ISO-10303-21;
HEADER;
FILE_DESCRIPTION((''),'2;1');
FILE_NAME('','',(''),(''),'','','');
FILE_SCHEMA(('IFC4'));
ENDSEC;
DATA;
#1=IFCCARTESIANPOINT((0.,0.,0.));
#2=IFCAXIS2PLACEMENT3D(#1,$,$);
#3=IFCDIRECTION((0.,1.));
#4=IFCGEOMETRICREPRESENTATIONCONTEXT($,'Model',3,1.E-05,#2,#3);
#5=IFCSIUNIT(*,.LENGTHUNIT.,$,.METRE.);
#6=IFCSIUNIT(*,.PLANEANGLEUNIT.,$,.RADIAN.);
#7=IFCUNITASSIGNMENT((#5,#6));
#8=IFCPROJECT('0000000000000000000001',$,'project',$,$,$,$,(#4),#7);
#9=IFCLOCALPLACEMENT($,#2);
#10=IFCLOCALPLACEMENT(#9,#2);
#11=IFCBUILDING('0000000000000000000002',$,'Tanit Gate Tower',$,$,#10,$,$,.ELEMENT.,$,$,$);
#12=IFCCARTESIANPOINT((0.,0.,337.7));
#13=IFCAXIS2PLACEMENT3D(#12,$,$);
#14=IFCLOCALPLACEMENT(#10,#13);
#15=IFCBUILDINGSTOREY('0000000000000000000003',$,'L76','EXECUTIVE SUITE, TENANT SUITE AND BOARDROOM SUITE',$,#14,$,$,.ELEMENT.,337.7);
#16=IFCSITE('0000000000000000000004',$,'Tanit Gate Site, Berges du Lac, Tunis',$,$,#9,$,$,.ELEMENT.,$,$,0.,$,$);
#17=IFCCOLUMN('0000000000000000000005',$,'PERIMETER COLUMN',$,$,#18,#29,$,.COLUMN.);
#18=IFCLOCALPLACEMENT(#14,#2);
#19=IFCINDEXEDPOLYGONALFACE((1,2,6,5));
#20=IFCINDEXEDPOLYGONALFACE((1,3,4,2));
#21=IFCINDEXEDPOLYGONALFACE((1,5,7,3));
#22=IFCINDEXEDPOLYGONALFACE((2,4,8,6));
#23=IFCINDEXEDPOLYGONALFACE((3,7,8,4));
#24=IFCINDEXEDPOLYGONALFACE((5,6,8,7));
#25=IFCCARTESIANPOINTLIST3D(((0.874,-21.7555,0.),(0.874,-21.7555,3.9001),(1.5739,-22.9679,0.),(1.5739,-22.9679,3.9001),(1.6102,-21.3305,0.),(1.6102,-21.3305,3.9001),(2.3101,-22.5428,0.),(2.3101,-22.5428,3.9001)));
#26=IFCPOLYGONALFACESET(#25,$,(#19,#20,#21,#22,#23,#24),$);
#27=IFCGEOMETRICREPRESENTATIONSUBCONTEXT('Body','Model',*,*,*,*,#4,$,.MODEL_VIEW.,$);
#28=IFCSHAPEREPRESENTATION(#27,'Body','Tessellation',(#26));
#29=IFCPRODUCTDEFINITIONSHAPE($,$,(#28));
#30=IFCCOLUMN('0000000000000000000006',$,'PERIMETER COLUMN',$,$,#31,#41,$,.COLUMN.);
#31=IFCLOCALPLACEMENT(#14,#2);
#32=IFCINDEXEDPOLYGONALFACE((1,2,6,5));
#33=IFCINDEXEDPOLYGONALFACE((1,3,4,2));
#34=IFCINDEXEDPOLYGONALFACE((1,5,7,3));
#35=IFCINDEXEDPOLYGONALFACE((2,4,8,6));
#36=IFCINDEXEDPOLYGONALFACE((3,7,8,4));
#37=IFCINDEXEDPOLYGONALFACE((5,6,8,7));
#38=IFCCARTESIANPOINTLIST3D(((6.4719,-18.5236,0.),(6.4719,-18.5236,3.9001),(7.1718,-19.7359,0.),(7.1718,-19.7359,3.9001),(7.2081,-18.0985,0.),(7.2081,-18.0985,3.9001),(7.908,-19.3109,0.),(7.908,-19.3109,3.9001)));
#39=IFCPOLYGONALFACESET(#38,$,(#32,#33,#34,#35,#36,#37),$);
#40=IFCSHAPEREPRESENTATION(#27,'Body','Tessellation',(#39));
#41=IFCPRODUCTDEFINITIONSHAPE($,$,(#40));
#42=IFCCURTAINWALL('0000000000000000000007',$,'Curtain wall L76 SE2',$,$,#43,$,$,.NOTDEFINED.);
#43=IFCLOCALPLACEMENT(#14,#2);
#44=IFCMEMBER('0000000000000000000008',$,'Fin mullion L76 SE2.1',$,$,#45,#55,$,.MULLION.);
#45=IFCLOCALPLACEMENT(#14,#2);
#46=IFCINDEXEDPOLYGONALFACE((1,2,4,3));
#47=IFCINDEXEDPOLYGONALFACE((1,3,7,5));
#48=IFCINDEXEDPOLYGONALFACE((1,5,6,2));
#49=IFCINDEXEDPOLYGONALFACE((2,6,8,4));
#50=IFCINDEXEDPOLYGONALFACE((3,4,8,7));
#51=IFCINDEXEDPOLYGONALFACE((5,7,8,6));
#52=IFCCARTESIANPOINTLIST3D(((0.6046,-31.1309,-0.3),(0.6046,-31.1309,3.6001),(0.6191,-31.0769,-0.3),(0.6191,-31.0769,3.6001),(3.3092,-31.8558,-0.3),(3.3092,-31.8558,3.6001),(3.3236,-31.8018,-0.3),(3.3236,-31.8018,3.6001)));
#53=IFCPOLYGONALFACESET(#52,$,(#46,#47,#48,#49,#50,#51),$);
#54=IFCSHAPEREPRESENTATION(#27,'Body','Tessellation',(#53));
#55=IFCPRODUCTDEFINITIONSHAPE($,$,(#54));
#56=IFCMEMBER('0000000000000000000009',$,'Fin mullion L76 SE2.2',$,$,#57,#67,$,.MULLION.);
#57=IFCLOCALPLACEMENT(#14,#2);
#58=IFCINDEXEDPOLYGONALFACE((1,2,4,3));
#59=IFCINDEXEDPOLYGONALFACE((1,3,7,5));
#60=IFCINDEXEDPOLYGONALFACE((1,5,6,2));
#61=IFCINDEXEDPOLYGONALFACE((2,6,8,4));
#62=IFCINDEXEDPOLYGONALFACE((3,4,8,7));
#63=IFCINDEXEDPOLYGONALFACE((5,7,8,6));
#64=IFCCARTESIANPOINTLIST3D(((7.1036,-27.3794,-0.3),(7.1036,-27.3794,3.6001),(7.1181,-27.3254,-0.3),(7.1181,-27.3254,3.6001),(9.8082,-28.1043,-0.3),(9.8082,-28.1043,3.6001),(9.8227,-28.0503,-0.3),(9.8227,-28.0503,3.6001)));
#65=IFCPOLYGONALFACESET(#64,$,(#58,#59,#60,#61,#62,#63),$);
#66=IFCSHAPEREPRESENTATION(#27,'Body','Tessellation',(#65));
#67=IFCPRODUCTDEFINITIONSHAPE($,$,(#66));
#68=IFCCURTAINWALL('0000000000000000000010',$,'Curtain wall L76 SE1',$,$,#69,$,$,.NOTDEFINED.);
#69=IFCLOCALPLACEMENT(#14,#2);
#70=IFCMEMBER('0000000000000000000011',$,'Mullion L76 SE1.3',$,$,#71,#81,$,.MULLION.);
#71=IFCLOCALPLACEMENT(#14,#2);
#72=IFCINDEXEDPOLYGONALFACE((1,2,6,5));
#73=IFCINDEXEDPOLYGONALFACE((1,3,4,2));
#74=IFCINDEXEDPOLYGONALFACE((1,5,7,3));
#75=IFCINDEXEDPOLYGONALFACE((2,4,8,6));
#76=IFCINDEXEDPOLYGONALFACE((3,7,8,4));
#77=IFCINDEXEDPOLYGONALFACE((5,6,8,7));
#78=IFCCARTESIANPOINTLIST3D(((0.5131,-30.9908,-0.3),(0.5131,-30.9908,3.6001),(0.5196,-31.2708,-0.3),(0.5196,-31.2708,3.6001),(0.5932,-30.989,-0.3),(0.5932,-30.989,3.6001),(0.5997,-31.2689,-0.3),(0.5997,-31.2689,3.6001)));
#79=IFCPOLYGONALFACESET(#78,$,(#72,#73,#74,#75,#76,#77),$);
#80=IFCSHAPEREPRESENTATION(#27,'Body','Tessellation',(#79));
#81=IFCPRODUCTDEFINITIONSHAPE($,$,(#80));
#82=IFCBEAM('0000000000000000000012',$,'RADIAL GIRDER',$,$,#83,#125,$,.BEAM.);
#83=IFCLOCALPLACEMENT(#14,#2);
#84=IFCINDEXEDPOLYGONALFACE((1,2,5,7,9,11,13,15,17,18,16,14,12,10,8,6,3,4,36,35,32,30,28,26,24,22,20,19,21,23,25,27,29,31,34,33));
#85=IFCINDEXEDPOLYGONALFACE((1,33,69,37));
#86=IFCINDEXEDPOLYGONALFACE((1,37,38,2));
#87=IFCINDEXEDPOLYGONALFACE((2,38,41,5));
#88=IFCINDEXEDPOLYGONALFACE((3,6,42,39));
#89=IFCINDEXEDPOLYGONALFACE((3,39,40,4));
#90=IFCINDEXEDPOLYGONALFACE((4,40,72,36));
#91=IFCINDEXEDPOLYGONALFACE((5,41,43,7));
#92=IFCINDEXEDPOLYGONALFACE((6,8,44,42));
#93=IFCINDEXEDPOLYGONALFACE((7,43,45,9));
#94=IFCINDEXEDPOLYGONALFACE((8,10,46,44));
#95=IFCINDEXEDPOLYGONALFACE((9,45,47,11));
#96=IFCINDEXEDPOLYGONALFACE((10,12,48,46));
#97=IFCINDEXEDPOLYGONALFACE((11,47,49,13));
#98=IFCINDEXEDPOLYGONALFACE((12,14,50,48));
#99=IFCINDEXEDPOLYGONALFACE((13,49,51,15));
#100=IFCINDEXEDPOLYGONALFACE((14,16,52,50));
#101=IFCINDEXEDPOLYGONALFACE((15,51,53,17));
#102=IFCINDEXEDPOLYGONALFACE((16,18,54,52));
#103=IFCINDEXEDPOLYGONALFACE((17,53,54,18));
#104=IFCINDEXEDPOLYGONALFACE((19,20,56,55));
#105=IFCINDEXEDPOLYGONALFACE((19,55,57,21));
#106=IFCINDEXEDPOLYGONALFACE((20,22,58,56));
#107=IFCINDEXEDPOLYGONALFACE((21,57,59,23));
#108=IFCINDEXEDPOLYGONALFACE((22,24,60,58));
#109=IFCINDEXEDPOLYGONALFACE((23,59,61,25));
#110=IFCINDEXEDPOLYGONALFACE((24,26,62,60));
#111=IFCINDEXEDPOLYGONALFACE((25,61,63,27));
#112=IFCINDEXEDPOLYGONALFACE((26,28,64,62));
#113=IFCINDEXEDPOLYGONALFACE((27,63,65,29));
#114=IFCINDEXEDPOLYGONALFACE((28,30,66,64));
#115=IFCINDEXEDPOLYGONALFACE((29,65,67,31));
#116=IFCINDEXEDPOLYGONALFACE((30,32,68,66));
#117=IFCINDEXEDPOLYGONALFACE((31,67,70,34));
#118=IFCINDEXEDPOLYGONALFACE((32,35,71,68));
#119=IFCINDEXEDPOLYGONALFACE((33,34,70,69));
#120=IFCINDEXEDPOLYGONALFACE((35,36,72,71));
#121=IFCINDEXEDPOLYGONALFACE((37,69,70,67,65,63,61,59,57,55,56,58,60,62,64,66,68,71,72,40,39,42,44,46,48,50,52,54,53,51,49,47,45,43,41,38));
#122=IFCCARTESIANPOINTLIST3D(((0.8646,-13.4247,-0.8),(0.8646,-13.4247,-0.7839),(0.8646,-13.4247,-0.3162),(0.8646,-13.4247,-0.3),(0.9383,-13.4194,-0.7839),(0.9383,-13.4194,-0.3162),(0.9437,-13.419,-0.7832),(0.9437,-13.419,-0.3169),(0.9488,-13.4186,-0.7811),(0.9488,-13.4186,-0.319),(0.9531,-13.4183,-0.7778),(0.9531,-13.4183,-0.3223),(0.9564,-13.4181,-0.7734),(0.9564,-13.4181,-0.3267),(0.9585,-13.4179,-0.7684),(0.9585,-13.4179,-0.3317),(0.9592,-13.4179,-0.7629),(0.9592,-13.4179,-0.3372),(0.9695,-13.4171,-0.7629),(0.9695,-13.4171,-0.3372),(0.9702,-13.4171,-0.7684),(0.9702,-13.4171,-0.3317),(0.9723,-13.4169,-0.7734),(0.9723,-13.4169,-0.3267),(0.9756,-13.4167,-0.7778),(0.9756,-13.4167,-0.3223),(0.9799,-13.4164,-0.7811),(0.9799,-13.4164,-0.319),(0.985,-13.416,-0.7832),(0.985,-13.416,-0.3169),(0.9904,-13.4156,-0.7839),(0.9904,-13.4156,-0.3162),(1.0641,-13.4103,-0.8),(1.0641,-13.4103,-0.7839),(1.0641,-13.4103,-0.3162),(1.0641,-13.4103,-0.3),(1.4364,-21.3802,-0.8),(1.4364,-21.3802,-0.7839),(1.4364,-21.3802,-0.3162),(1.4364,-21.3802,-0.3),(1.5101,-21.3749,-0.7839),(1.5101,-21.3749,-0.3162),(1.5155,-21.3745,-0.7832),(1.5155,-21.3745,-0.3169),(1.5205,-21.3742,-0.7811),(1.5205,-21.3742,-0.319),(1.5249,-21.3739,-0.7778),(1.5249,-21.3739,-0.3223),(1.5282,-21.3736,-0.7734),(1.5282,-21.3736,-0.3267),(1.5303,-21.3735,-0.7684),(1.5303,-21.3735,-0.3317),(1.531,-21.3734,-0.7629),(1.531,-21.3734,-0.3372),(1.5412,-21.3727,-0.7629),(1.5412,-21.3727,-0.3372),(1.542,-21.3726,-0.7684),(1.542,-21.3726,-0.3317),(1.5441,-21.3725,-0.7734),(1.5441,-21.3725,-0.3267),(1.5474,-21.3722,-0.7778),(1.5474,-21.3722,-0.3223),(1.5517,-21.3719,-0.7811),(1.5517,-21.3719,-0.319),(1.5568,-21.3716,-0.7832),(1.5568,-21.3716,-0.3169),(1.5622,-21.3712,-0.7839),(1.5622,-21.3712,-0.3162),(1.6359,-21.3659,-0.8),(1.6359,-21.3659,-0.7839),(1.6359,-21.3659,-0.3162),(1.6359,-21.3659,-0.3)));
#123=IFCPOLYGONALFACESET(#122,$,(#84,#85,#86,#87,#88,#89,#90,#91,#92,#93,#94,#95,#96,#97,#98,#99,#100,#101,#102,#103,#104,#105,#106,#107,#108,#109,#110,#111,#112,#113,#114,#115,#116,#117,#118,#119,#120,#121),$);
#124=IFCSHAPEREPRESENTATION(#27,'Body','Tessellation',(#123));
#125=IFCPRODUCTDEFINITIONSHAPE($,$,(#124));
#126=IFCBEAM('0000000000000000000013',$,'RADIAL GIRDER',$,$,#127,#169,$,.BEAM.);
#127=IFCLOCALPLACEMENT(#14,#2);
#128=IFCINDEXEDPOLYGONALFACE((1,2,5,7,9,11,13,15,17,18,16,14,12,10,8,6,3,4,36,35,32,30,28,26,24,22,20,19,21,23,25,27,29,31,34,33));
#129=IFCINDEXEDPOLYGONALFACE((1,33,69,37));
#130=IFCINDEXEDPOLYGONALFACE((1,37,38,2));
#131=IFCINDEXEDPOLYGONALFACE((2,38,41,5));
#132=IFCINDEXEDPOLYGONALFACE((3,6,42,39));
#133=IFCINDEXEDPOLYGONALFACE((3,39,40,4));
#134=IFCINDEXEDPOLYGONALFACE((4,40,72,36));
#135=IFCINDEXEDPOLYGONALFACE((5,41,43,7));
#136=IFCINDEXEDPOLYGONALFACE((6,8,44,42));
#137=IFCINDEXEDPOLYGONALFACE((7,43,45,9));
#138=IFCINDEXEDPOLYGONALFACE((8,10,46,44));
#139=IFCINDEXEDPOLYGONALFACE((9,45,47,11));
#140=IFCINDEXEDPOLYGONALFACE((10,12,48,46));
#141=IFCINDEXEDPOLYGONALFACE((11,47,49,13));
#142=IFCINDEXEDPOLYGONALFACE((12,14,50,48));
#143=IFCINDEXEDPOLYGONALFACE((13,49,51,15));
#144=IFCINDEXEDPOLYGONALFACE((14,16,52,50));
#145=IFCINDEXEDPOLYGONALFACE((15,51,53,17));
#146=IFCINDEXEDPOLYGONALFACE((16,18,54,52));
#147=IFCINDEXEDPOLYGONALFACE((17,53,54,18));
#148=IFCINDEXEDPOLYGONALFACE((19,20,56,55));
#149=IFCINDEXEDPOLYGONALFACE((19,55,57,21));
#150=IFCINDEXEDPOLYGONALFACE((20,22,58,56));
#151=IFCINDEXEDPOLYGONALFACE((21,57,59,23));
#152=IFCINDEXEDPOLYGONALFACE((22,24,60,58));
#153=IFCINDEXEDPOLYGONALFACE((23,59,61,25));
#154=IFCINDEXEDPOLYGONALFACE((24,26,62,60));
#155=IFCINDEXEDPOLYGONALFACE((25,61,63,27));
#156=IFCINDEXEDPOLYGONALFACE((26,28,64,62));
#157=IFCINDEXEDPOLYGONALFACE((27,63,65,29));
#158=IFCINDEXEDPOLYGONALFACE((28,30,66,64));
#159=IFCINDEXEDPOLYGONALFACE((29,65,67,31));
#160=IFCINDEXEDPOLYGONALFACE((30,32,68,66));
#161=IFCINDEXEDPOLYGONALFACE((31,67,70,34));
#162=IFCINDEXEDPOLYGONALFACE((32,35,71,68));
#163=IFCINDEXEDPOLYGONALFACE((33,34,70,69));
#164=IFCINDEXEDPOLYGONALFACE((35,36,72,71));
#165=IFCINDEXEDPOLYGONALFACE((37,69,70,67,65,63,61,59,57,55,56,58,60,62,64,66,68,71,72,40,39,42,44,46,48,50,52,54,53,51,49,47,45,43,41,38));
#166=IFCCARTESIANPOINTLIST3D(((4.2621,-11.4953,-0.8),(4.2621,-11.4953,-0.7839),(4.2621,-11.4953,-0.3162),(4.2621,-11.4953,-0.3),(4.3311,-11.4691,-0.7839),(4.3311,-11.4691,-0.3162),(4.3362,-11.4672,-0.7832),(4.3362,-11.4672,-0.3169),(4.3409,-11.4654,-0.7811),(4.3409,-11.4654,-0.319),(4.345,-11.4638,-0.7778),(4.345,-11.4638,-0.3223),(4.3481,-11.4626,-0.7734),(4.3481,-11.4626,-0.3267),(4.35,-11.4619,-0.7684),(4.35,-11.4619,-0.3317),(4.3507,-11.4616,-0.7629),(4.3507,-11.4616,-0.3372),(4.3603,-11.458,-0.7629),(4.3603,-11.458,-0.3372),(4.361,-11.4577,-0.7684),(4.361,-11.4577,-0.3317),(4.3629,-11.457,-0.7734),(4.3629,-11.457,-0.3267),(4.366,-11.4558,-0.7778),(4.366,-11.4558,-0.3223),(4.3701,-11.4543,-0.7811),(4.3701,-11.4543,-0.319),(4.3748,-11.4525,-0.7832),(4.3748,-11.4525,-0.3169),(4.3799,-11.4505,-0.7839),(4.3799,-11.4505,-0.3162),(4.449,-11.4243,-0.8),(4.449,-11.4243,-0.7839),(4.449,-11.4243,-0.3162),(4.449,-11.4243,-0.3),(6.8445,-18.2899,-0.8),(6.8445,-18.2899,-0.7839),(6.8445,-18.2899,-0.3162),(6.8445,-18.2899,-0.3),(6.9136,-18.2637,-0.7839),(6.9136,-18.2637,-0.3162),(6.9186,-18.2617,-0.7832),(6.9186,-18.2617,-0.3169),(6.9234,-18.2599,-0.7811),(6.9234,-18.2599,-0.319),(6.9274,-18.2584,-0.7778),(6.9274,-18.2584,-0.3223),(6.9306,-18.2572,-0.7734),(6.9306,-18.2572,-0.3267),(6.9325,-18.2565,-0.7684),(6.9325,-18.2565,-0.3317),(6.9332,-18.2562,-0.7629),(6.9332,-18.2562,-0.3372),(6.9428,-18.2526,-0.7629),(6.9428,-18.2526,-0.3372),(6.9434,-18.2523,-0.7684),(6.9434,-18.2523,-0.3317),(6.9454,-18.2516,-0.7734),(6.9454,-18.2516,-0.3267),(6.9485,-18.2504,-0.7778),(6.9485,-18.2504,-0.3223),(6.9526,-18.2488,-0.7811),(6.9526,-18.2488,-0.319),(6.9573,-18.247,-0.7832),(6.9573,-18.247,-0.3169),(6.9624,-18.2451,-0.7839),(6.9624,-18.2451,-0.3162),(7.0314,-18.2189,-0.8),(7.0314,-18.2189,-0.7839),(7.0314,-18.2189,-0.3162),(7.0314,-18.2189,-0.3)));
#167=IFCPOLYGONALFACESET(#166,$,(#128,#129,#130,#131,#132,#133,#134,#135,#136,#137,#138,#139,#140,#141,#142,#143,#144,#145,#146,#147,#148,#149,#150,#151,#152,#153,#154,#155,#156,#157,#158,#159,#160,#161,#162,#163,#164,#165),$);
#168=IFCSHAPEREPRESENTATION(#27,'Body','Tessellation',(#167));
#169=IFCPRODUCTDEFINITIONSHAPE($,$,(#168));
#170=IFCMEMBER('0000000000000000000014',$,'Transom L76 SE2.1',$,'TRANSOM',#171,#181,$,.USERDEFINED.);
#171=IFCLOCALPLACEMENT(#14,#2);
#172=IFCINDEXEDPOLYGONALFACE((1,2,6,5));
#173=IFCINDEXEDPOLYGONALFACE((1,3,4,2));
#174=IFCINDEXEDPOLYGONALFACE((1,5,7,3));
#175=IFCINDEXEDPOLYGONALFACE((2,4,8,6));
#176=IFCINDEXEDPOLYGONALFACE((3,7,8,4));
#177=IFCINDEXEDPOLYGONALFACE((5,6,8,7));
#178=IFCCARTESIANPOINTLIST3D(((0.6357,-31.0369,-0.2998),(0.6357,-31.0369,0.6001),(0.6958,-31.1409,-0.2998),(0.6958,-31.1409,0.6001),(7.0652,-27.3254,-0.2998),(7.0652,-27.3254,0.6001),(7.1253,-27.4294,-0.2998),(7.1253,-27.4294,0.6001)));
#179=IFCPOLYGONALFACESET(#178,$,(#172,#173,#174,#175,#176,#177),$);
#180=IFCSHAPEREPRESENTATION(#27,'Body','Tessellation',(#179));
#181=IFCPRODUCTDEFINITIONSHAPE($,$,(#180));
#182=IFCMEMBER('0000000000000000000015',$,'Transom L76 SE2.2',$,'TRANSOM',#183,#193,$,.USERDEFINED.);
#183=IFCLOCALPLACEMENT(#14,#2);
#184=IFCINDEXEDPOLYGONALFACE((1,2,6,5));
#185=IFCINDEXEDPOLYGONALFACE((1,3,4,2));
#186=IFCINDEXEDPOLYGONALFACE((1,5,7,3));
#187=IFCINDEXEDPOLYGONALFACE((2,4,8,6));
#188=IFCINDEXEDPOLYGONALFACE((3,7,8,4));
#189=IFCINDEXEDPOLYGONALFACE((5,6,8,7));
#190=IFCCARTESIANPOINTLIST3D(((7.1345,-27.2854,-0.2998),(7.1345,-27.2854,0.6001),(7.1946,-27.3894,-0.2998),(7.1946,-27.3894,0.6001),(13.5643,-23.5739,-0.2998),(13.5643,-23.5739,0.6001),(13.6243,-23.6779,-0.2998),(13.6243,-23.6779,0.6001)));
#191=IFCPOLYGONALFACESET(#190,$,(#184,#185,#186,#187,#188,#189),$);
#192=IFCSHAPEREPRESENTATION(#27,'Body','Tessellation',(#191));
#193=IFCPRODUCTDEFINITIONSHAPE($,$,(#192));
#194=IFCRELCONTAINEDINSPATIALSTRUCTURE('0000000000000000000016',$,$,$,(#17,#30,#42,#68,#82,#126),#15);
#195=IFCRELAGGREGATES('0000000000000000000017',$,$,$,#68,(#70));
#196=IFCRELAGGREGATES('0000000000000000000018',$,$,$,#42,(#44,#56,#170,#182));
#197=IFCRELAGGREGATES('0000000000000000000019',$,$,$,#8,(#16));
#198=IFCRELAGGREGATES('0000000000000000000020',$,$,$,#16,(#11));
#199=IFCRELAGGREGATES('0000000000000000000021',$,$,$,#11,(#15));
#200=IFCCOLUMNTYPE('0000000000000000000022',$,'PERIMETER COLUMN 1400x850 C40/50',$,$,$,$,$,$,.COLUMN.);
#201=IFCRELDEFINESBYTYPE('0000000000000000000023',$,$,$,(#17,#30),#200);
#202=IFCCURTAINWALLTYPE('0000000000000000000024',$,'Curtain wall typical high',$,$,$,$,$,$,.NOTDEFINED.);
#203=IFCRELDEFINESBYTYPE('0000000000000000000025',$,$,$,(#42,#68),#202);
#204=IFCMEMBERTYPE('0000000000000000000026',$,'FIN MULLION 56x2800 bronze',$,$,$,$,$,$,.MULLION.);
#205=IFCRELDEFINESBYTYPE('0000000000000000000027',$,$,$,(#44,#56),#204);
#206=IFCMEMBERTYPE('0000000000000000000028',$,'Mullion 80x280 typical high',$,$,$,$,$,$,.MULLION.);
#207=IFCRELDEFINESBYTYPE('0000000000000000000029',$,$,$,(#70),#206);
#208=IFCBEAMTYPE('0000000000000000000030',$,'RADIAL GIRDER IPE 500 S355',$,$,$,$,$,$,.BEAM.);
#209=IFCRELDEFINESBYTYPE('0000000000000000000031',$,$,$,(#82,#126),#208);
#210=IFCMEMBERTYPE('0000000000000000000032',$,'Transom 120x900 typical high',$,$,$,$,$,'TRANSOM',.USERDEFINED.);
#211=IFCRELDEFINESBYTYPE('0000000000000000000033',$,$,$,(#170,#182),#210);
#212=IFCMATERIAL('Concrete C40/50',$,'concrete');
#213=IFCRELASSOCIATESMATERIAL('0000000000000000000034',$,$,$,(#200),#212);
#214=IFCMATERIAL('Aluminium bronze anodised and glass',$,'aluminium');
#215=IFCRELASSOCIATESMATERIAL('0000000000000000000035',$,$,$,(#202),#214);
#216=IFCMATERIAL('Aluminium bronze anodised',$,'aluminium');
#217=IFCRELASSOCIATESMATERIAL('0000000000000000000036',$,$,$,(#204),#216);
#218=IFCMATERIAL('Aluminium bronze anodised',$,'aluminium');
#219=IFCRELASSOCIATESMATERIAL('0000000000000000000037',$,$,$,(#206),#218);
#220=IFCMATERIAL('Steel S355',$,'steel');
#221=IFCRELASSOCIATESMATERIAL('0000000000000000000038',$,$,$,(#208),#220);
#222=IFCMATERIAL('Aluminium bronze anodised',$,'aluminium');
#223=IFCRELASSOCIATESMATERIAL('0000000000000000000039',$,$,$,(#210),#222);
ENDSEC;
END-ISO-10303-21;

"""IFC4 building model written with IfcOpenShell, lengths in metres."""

from ifc_helpers import new_model, si_unit, direction, frame, origin, origin_2d, place, context, subcontext, project, spatial, rectangle, i_section, extrude, material, material_profile, profile_set, type_object, element, aggregate, save


model = new_model("IFC4")

# Units and contexts
model_context = context("Model", 3, precision=1e-05, world=origin(), true_north=direction((0.0, 1.0)))
body_context = subcontext(model_context, "Body", "Model", "MODEL_VIEW")
ifc_project = project(units=[si_unit("LENGTHUNIT", "METRE"), si_unit("PLANEANGLEUNIT", "RADIAN")], contexts=[model_context])

# Site, building, storey
site_placement = place(None, origin())
site = spatial("IfcSite", under=ifc_project, at=site_placement, Name="Tanit Gate Site, Berges du Lac, Tunis", CompositionType="ELEMENT", RefElevation=0.0)
building_placement = place(site_placement, origin())
building = spatial("IfcBuilding", under=site, at=building_placement, Name="Tanit Gate Tower", CompositionType="ELEMENT")
storey_placement = place(building_placement, frame((0.0, 0.0, 337.7)))
storey = spatial("IfcBuildingStorey", under=building, at=storey_placement, Name="L76", Description="EXECUTIVE SUITE, TENANT SUITE AND BOARDROOM SUITE", CompositionType="ELEMENT", Elevation=337.7)

# Columns
ifc_material_1 = material(Name="Concrete C40/50", Category="concrete")
ifc_material_profile_1 = material_profile(ifc_material_1, rectangle(XDim=1.3999, YDim=0.8501, at=origin_2d()), Name="RC 1400x850")
ifc_profile_set_1 = profile_set([ifc_material_profile_1], Name="Concrete C40/50")
column_type = type_object("IfcColumnType", Name="PERIMETER COLUMN 1400x850 C40/50", PredefinedType="COLUMN", material=ifc_profile_set_1)
for number, where, z_axis, x_axis, name in (
    (1, (1.592, -22.1492, 0.0), (0.0, 0.0, 1.0), (0.5, -0.866025, 0.0), "PERIMETER COLUMN"),
    (2, (7.1899, -18.9172, 0.0), (0.0, 0.0, 1.0), (0.5, -0.866025, 0.0), "PERIMETER COLUMN"),
):
    element("IfcColumn", number, at=place(storey_placement, frame(where, z_axis=z_axis, x_axis=x_axis)), inside=storey, type_object=column_type, Name=name, PredefinedType="COLUMN", context=body_context, shape_type="SweptSolid", body=[
        extrude(rectangle(XDim=1.3999, YDim=0.8501, at=origin_2d()), origin(), (0.0, 0.0, 1.0), 3.9001),
    ])

# Curtain wall, members
ifc_material_2 = material(Name="Aluminium bronze anodised and glass", Category="aluminium")
curtain_wall_type = type_object("IfcCurtainWallType", Name="Curtain wall typical high", PredefinedType="NOTDEFINED", material=ifc_material_2)
curtain_wall_1_placement = place(storey_placement, origin())
curtain_wall_1 = element("IfcCurtainWall", 3, at=curtain_wall_1_placement, inside=storey, type_object=curtain_wall_type, Name="Curtain wall L76 SE2", PredefinedType="NOTDEFINED")
ifc_material_3 = material(Name="Aluminium bronze anodised", Category="aluminium")
ifc_material_profile_2 = material_profile(ifc_material_3, rectangle(XDim=2.8, YDim=0.0559, at=origin_2d()), Name="56x2800 bronze fin mullion")
ifc_profile_set_2 = profile_set([ifc_material_profile_2], Name="Aluminium bronze anodised")
member_type_1 = type_object("IfcMemberType", Name="FIN MULLION 56x2800 bronze", PredefinedType="MULLION", material=ifc_profile_set_2)
member_1_placement = place(storey_placement, frame((1.9641, -31.4663, -0.3), z_axis=(0.0, 0.0, 1.0), x_axis=(-0.965908, 0.258886, 0.0)))
member_1 = element("IfcMember", 4, at=member_1_placement, type_object=member_type_1, Name="Fin mullion L76 SE2.1", PredefinedType="MULLION", context=body_context, shape_type="SweptSolid", body=[
    extrude(rectangle(XDim=2.8, YDim=0.0559, at=origin_2d()), origin(), (0.0, 0.0, 1.0), 3.9001),
])
member_2_placement = place(storey_placement, frame((8.4631, -27.7148, -0.3), z_axis=(0.0, 0.0, 1.0), x_axis=(-0.965908, 0.258886, 0.0)))
member_2 = element("IfcMember", 5, at=member_2_placement, type_object=member_type_1, Name="Fin mullion L76 SE2.2", PredefinedType="MULLION", context=body_context, shape_type="SweptSolid", body=[
    extrude(rectangle(XDim=2.8, YDim=0.0559, at=origin_2d()), origin(), (0.0, 0.0, 1.0), 3.9001),
])

# Curtain wall, member
curtain_wall_2_placement = place(storey_placement, origin())
curtain_wall_2 = element("IfcCurtainWall", 6, at=curtain_wall_2_placement, inside=storey, type_object=curtain_wall_type, Name="Curtain wall L76 SE1", PredefinedType="NOTDEFINED")
ifc_material_4 = material(Name="Aluminium bronze anodised", Category="aluminium")
ifc_material_profile_3 = material_profile(ifc_material_4, rectangle(XDim=0.28, YDim=0.0801, at=origin_2d()), Name="80x280 bronze mullion")
ifc_profile_set_3 = profile_set([ifc_material_profile_3], Name="Aluminium bronze anodised")
member_type_2 = type_object("IfcMemberType", Name="Mullion 80x280 typical high", PredefinedType="MULLION", material=ifc_profile_set_3)
member_3_placement = place(storey_placement, frame((0.5564, -31.1299, -0.3), z_axis=(0.0, 0.0, 1.0), x_axis=(-0.02304, 0.999735, 0.0)))
member_3 = element("IfcMember", 7, at=member_3_placement, type_object=member_type_2, Name="Mullion L76 SE1.3", PredefinedType="MULLION", context=body_context, shape_type="SweptSolid", body=[
    extrude(rectangle(XDim=0.28, YDim=0.0801, at=origin_2d()), origin(), (0.0, 0.0, 1.0), 3.9001),
])

# Beams
ifc_material_5 = material(Name="Steel S355", Category="steel")
ifc_material_profile_4 = material_profile(ifc_material_5, i_section(OverallWidth=0.2, OverallDepth=0.5, WebThickness=0.0103, FlangeThickness=0.0161, FilletRadius=0.021, at=origin_2d()), Name="IPE 500")
ifc_profile_set_4 = profile_set([ifc_material_profile_4], Name="Steel S355")
beam_type = type_object("IfcBeamType", Name="RADIAL GIRDER IPE 500 S355", PredefinedType="BEAM", material=ifc_profile_set_4)
beam_1_placement = place(storey_placement, frame((1.5361, -21.373, -0.55), z_axis=(-0.071686, 0.997427, 0.0), x_axis=(-0.997427, -0.071686, 0.0)))
element("IfcBeam", 8, at=beam_1_placement, inside=storey, type_object=beam_type, Name="RADIAL GIRDER", PredefinedType="BEAM", context=body_context, shape_type="SweptSolid", body=[
    extrude(i_section(OverallWidth=0.2, OverallDepth=0.5, WebThickness=0.0103, FlangeThickness=0.0161, FilletRadius=0.021, at=origin_2d()), origin(), (0.0, 0.0, 1.0), 7.9761),
])
beam_2_placement = place(storey_placement, frame((6.938, -18.2544, -0.55), z_axis=(-0.355283, 0.934759, 0.0), x_axis=(-0.934759, -0.355283, 0.0)))
element("IfcBeam", 9, at=beam_2_placement, inside=storey, type_object=beam_type, Name="RADIAL GIRDER", PredefinedType="BEAM", context=body_context, shape_type="SweptSolid", body=[
    extrude(i_section(OverallWidth=0.2, OverallDepth=0.5, WebThickness=0.0103, FlangeThickness=0.0161, FilletRadius=0.021, at=origin_2d()), origin(), (0.0, 0.0, 1.0), 7.2688),
])

# Members
ifc_material_6 = material(Name="Aluminium bronze anodised", Category="aluminium")
ifc_material_profile_5 = material_profile(ifc_material_6, rectangle(XDim=0.1201, YDim=0.8999, at=origin_2d()), Name="120x900 bronze transom")
ifc_profile_set_5 = profile_set([ifc_material_profile_5], Name="Aluminium bronze anodised")
member_type_3 = type_object("IfcMemberType", Name="Transom 120x900 typical high", ElementType="TRANSOM", PredefinedType="USERDEFINED", material=ifc_profile_set_5)
member_4_placement = place(storey_placement, frame((0.6658, -31.0889, 0.1501), z_axis=(0.866061, 0.499938, 0.0), x_axis=(-0.499938, 0.866061, 0.0)))
member_4 = element("IfcMember", 10, at=member_4_placement, type_object=member_type_3, Name="Transom L76 SE2.1", ObjectType="TRANSOM", PredefinedType="USERDEFINED", context=body_context, shape_type="SweptSolid", body=[
    extrude(rectangle(XDim=0.1201, YDim=0.8999, at=origin_2d()), origin(), (0.0, 0.0, 1.0), 7.4238),
])
member_5_placement = place(storey_placement, frame((7.1646, -27.3374, 0.1501), z_axis=(0.866069, 0.499924, 0.0), x_axis=(-0.499924, 0.866069, 0.0)))
member_5 = element("IfcMember", 11, at=member_5_placement, type_object=member_type_3, Name="Transom L76 SE2.2", ObjectType="TRANSOM", PredefinedType="USERDEFINED", context=body_context, shape_type="SweptSolid", body=[
    extrude(rectangle(XDim=0.1201, YDim=0.8999, at=origin_2d()), origin(), (0.0, 0.0, 1.0), 7.4241),
])

aggregate(curtain_wall_2, [member_3])
aggregate(curtain_wall_1, [member_1, member_2, member_4, member_5])

save(model, "model.ifc")
